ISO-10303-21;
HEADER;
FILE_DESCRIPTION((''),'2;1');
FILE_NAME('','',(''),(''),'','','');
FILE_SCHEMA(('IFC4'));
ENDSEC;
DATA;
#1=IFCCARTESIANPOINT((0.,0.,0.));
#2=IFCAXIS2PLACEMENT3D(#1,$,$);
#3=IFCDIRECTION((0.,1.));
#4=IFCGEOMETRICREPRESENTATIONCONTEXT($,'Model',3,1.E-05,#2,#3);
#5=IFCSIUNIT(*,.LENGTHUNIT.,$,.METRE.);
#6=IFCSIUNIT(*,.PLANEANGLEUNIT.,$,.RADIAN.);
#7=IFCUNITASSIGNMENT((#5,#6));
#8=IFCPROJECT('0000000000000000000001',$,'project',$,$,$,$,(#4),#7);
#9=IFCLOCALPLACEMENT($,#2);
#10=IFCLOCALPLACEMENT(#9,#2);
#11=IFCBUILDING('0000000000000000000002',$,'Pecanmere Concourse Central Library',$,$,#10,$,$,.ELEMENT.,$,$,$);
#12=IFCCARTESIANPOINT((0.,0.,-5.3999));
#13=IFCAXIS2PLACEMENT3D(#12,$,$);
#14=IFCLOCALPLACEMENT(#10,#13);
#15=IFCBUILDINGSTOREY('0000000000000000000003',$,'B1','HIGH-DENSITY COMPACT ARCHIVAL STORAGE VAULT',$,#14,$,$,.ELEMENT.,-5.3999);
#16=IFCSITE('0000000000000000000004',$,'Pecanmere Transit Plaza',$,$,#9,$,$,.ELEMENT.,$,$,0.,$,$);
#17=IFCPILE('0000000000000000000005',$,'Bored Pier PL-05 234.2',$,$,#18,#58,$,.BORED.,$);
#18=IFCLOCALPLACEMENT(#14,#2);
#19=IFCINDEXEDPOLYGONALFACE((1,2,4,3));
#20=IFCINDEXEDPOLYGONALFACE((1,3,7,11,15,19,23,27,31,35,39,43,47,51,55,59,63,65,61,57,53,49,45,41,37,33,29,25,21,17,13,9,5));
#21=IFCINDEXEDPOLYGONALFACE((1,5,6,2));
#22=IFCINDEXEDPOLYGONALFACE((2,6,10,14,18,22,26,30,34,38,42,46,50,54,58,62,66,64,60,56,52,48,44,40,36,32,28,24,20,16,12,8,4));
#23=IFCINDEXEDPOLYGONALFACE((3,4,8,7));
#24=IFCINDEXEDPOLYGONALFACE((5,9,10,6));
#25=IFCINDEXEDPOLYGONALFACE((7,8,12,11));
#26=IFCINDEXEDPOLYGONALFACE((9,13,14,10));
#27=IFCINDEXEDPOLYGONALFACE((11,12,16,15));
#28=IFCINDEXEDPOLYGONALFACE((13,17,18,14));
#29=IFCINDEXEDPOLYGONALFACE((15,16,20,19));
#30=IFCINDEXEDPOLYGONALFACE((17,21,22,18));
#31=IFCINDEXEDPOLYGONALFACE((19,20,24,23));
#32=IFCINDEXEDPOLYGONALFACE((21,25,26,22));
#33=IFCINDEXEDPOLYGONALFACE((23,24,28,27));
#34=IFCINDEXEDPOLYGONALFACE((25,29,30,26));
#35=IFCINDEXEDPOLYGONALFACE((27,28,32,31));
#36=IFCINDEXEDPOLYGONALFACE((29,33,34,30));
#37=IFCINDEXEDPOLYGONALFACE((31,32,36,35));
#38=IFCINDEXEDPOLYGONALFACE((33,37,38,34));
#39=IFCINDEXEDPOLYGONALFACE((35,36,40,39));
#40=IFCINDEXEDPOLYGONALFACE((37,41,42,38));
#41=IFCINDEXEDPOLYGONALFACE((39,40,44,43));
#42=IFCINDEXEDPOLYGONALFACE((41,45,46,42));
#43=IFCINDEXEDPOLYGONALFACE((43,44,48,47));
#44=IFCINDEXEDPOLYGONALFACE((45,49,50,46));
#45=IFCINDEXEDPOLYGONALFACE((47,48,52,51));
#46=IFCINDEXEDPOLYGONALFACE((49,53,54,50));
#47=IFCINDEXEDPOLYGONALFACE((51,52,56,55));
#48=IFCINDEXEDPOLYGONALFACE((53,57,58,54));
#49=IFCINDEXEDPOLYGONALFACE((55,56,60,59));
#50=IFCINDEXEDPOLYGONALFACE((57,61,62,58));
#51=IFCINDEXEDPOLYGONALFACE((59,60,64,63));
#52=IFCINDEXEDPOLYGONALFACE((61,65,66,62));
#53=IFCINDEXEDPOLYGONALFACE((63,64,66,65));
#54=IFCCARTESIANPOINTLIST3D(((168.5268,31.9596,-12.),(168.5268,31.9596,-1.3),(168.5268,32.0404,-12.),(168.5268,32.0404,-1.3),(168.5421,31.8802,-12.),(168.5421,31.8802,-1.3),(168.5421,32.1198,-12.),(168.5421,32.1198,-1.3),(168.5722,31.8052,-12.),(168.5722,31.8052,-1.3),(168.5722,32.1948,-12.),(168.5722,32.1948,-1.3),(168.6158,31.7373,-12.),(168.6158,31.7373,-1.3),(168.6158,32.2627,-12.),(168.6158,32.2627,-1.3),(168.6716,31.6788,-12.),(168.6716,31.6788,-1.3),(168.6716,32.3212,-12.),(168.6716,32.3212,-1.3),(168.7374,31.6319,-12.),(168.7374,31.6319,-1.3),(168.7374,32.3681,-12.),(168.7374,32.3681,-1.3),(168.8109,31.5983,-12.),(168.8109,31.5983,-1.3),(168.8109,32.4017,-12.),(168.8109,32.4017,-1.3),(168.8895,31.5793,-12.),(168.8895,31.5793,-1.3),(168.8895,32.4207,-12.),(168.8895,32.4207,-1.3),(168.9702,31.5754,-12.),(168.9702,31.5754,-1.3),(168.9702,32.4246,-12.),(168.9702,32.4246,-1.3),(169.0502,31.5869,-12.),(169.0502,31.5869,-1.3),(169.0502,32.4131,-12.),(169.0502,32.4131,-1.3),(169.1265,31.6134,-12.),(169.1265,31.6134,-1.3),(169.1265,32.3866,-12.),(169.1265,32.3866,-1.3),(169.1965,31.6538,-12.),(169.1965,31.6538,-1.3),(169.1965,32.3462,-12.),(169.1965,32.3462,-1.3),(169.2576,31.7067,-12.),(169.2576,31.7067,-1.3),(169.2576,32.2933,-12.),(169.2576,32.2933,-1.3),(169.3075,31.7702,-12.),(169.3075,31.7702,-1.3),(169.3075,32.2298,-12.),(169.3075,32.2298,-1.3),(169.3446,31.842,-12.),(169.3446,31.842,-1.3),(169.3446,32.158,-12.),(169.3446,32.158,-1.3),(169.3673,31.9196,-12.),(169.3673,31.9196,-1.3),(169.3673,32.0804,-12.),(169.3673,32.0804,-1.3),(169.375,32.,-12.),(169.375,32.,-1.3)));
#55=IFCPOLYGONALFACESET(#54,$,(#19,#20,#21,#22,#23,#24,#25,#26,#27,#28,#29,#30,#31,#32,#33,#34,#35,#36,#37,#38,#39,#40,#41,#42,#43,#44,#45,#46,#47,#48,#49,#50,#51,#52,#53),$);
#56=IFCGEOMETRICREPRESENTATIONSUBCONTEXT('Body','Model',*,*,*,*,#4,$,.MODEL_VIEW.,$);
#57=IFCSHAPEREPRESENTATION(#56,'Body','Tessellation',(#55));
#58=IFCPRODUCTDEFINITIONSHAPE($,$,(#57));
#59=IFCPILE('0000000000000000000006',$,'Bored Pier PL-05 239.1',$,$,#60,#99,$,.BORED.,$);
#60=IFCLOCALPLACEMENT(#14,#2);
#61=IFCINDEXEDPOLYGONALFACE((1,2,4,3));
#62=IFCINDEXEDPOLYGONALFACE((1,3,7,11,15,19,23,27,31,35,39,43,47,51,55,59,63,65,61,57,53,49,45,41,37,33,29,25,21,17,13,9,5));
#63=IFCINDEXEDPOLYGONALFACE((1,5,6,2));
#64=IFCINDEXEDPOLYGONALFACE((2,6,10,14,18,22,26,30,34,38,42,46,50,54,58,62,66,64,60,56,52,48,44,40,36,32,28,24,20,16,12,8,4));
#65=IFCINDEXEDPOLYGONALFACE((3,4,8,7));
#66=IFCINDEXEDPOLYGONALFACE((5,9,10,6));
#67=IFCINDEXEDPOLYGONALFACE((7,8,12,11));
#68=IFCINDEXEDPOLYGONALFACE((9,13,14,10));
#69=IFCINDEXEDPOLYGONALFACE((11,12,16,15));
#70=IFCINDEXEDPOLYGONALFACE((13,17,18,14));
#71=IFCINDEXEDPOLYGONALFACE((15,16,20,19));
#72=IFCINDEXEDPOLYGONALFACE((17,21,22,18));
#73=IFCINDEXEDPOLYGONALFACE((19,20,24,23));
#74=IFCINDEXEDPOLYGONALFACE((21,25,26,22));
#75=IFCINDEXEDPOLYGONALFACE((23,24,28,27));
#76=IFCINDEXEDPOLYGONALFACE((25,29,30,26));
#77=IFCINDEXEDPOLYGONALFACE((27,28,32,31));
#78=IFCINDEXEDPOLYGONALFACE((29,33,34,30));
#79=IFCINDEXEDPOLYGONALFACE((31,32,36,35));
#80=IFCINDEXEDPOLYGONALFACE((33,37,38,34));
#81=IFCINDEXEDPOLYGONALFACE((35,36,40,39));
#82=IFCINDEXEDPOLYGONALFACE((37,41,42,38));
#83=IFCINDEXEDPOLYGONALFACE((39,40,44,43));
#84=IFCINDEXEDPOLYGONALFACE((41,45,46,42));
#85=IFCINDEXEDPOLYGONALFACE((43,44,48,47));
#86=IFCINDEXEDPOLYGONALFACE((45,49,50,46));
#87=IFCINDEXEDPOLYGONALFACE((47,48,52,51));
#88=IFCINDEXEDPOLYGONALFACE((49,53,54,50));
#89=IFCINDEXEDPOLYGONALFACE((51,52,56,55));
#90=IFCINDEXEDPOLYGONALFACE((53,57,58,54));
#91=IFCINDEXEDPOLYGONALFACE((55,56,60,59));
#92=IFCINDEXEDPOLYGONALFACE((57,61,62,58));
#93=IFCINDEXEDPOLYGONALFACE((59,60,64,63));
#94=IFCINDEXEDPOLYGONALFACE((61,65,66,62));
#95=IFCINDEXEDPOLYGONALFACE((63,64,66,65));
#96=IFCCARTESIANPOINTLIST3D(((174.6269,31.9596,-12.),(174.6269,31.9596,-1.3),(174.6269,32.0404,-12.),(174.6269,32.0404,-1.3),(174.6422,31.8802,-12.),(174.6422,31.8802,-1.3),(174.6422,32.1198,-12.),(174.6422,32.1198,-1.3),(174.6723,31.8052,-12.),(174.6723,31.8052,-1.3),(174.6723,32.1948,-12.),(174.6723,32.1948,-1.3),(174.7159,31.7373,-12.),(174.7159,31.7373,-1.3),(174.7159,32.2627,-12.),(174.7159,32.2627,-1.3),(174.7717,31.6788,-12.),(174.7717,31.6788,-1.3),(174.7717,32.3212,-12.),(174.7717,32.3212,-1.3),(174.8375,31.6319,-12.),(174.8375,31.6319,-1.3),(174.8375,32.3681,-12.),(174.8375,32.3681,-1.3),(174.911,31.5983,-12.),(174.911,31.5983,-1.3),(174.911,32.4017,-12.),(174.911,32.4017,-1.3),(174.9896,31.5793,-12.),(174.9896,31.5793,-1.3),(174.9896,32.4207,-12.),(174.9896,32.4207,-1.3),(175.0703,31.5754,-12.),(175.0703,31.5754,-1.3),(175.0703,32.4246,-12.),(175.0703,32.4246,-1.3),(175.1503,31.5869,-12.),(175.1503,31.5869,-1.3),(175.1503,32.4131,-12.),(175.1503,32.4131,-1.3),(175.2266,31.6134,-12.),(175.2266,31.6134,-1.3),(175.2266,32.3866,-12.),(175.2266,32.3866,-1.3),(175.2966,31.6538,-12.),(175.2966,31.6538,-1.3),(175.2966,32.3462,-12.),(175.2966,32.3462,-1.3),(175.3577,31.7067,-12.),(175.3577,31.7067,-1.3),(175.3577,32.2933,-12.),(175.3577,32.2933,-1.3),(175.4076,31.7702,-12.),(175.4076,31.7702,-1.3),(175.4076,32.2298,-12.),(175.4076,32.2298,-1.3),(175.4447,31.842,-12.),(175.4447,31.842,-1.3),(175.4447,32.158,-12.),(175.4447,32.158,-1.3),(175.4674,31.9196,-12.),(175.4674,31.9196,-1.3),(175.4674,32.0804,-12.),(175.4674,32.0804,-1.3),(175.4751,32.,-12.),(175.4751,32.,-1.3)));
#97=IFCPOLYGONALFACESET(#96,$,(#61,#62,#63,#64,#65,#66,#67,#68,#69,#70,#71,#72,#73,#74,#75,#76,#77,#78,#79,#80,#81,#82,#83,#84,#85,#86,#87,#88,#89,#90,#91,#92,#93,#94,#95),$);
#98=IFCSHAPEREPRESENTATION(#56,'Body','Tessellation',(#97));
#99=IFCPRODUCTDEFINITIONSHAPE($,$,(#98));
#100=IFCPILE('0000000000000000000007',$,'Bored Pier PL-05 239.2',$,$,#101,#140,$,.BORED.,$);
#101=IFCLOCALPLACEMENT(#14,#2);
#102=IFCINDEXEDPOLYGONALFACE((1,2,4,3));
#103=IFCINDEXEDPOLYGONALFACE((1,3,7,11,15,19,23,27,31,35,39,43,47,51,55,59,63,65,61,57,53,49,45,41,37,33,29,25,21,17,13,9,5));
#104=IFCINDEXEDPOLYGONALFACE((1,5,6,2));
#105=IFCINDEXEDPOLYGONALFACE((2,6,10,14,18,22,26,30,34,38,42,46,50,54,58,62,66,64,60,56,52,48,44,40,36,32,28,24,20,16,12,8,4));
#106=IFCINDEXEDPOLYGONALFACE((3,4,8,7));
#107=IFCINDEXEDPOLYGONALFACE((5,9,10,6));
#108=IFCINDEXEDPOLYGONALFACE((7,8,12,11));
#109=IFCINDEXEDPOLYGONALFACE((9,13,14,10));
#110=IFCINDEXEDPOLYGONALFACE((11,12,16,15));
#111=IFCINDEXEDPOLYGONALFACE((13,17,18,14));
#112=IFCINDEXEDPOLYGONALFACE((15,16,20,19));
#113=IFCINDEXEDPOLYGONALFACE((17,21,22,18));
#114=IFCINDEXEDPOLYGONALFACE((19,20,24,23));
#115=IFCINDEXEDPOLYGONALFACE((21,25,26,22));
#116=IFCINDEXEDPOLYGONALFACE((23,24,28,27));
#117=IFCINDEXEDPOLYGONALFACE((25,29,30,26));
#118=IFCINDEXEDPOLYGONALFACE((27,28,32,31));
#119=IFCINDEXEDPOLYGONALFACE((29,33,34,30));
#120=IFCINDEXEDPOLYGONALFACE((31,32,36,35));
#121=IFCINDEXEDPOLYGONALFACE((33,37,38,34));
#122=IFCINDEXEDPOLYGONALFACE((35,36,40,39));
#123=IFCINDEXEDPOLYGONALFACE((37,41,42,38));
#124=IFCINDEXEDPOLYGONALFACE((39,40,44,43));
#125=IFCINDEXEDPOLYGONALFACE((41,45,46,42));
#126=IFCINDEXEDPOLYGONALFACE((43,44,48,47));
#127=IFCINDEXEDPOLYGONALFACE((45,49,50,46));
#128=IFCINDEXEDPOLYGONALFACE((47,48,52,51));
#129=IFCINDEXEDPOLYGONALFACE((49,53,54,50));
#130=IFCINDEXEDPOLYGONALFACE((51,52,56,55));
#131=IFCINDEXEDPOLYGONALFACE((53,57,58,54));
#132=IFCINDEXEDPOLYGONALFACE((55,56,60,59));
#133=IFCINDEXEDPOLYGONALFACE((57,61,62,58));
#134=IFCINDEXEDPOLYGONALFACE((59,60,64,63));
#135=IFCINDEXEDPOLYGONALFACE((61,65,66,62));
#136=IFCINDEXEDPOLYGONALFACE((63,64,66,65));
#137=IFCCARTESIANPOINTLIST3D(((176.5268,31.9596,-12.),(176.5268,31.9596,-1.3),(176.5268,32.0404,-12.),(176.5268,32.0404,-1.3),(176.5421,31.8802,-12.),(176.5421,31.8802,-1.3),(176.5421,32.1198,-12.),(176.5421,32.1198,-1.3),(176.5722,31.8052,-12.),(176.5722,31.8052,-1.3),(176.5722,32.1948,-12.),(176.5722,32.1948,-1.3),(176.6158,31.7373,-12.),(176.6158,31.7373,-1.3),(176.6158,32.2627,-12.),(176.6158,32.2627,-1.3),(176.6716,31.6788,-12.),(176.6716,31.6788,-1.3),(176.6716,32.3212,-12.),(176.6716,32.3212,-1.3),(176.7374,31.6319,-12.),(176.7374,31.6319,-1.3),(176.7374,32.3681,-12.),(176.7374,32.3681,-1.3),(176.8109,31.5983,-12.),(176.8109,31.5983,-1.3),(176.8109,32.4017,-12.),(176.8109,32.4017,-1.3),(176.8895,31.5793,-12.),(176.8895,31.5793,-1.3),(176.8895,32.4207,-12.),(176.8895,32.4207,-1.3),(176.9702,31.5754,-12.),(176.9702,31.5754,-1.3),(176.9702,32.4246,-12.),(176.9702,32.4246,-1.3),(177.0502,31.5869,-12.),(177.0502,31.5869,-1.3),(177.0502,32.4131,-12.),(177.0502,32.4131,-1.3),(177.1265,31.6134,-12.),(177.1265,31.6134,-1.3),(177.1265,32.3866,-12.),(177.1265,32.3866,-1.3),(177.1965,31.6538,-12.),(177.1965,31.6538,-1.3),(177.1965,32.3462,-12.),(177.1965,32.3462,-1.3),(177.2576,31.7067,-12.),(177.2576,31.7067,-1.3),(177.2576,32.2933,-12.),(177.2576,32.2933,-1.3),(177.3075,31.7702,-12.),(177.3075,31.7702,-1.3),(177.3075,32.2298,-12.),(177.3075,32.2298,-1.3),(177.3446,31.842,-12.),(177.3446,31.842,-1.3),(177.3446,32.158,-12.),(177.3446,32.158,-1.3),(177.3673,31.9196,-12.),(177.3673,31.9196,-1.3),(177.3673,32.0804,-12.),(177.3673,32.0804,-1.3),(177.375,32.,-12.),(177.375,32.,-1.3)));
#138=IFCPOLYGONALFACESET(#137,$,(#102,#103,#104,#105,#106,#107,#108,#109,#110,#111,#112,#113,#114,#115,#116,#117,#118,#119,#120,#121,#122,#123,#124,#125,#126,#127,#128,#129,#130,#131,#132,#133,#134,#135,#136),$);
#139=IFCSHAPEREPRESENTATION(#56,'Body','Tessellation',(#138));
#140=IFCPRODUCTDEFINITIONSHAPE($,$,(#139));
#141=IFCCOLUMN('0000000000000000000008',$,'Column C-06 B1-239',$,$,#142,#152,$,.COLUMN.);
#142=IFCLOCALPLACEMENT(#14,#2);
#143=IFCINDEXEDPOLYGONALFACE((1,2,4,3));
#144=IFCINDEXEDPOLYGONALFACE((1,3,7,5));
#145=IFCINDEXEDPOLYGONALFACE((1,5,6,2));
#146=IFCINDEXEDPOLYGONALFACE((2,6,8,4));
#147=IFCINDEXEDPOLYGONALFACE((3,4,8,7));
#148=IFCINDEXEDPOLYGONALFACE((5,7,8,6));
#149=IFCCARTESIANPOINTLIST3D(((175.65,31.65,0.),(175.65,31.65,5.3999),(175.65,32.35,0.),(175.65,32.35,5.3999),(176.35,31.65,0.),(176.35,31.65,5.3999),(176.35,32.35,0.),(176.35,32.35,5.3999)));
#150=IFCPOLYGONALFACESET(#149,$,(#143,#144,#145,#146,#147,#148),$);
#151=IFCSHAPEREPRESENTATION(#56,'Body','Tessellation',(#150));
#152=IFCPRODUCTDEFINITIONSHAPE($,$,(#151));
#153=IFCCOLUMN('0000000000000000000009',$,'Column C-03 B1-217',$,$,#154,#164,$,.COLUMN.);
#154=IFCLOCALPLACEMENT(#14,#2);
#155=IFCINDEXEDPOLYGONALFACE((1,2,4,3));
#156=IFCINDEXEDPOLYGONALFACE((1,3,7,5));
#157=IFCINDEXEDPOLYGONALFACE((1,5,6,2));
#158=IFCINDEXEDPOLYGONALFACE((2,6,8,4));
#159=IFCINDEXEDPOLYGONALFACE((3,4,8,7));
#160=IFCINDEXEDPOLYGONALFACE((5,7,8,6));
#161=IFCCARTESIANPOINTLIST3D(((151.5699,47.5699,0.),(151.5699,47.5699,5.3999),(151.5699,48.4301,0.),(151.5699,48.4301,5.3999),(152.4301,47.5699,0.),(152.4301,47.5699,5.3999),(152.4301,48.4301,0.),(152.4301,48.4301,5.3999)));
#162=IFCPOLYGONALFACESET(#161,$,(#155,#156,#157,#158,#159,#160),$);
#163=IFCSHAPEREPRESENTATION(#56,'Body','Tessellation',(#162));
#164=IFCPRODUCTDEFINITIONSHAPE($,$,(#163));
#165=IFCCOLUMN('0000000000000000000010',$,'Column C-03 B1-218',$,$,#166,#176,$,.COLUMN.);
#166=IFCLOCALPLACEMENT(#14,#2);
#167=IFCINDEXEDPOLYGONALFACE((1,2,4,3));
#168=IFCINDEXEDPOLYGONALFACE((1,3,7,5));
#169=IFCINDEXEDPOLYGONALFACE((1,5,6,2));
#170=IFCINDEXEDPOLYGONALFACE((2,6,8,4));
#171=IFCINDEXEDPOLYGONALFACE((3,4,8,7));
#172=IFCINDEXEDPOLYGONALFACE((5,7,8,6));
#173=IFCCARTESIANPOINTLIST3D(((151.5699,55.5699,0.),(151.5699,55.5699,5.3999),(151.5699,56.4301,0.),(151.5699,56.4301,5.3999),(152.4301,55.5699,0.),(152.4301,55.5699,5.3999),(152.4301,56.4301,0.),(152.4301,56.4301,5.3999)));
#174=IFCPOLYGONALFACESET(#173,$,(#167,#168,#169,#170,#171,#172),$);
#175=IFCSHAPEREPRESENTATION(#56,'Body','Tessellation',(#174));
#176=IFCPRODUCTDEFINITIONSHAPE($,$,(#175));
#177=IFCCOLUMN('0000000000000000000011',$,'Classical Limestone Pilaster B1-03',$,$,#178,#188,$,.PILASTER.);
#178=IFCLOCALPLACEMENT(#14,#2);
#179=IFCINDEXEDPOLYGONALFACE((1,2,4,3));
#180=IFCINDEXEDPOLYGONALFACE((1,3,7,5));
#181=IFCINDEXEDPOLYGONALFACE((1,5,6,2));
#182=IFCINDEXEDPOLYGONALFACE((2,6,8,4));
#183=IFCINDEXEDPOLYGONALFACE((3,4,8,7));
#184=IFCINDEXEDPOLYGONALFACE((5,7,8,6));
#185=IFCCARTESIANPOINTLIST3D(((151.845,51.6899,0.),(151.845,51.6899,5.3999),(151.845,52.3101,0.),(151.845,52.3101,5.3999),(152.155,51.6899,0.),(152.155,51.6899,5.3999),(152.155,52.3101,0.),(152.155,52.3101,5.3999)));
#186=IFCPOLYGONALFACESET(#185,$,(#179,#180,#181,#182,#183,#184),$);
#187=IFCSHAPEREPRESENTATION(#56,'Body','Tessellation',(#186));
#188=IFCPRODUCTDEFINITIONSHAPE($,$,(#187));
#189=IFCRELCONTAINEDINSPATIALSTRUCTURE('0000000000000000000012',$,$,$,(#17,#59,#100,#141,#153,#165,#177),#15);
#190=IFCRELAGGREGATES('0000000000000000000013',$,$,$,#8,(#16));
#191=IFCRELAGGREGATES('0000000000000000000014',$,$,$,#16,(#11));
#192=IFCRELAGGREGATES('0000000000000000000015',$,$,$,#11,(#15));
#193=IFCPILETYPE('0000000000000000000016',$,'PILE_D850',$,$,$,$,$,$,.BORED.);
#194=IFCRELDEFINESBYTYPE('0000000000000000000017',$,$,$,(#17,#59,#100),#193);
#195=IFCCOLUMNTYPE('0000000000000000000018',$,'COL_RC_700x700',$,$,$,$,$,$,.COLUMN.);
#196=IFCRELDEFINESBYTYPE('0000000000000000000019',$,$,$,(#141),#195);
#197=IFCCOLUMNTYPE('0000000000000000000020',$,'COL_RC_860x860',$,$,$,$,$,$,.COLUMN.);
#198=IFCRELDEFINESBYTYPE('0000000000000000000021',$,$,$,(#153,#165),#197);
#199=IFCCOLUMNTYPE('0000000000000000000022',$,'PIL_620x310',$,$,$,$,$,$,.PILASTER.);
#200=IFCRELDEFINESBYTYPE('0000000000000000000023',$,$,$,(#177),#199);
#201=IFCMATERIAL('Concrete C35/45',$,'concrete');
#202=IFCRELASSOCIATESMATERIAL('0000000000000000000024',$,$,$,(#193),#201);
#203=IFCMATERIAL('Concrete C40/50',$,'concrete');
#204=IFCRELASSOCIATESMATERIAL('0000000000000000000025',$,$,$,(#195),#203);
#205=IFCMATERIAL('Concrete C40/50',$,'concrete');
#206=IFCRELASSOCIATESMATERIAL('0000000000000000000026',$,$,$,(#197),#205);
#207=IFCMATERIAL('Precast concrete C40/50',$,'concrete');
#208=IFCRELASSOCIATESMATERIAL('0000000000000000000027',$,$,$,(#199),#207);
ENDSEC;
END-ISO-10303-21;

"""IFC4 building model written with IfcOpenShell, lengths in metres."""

from ifc_helpers import new_model, si_unit, direction, frame, origin, origin_2d, place, context, subcontext, project, spatial, rectangle, circle, extrude, material, material_profile, profile_set, type_object, element, save


model = new_model("IFC4")

# Units and contexts
model_context = context("Model", 3, precision=1e-05, world=origin(), true_north=direction((0.0, 1.0)))
body_context = subcontext(model_context, "Body", "Model", "MODEL_VIEW")
ifc_project = project(units=[si_unit("LENGTHUNIT", "METRE"), si_unit("PLANEANGLEUNIT", "RADIAN")], contexts=[model_context])

# Site, building, storey
site_placement = place(None, origin())
site = spatial("IfcSite", under=ifc_project, at=site_placement, Name="Pecanmere Transit Plaza", CompositionType="ELEMENT", RefElevation=0.0)
building_placement = place(site_placement, origin())
building = spatial("IfcBuilding", under=site, at=building_placement, Name="Pecanmere Concourse Central Library", CompositionType="ELEMENT")
storey_placement = place(building_placement, frame((0.0, 0.0, -5.3999)))
storey = spatial("IfcBuildingStorey", under=building, at=storey_placement, Name="B1", Description="HIGH-DENSITY COMPACT ARCHIVAL STORAGE VAULT", CompositionType="ELEMENT", Elevation=-5.3999)

# Piles
ifc_material_1 = material(Name="Concrete C35/45", Category="concrete")
ifc_material_profile_1 = material_profile(ifc_material_1, circle(Radius=0.425, at=origin_2d()), Name="PIER D850")
ifc_profile_set_1 = profile_set([ifc_material_profile_1], Name="Concrete C35/45")
pile_type_1 = type_object("IfcPileType", Name="PILE_D850", PredefinedType="BORED", material=ifc_profile_set_1)
for number, where, z_axis, x_axis, name in (
    (1, (168.95, 32.0, -1.3), (0.0, 0.0, -1.0), (1.0, 0.0, 0.0), "Bored Pier PL-05 234.2"),
    (2, (175.05, 32.0, -1.3), (0.0, 0.0, -1.0), (1.0, 0.0, 0.0), "Bored Pier PL-05 239.1"),
    (3, (176.95, 32.0, -1.3), (0.0, 0.0, -1.0), (1.0, 0.0, 0.0), "Bored Pier PL-05 239.2"),
):
    element("IfcPile", number, at=place(storey_placement, frame(where, z_axis=z_axis, x_axis=x_axis)), inside=storey, type_object=pile_type_1, Name=name, PredefinedType="BORED", context=body_context, shape_type="SweptSolid", body=[
        extrude(circle(Radius=0.425, at=origin_2d()), origin(), (0.0, 0.0, 1.0), 10.7),
    ])

# Columns
ifc_material_2 = material(Name="Concrete C40/50", Category="concrete")
ifc_material_profile_2 = material_profile(ifc_material_2, rectangle(XDim=0.7, YDim=0.7, at=origin_2d()), Name="RC 700x700")
ifc_profile_set_2 = profile_set([ifc_material_profile_2], Name="Concrete C40/50")
column_type_1 = type_object("IfcColumnType", Name="COL_RC_700x700", PredefinedType="COLUMN", material=ifc_profile_set_2)
column_1_placement = place(storey_placement, frame((176.0, 32.0, 0.0), z_axis=(0.0, 0.0, 1.0), x_axis=(1.0, 0.0, 0.0)))
element("IfcColumn", 4, at=column_1_placement, inside=storey, type_object=column_type_1, Name="Column C-06 B1-239", PredefinedType="COLUMN", context=body_context, shape_type="SweptSolid", body=[
    extrude(rectangle(XDim=0.7, YDim=0.7, at=origin_2d()), origin(), (0.0, 0.0, 1.0), 5.3999),
])
ifc_material_3 = material(Name="Concrete C40/50", Category="concrete")
ifc_material_profile_3 = material_profile(ifc_material_3, rectangle(XDim=0.8601, YDim=0.8601, at=origin_2d()), Name="RC 860x860")
ifc_profile_set_3 = profile_set([ifc_material_profile_3], Name="Concrete C40/50")
column_type_2 = type_object("IfcColumnType", Name="COL_RC_860x860", PredefinedType="COLUMN", material=ifc_profile_set_3)
for number, where, z_axis, x_axis, name in (
    (5, (152.0, 48.0, 0.0), (0.0, 0.0, 1.0), (1.0, 0.0, 0.0), "Column C-03 B1-217"),
    (6, (152.0, 56.0, 0.0), (0.0, 0.0, 1.0), (1.0, 0.0, 0.0), "Column C-03 B1-218"),
):
    element("IfcColumn", number, at=place(storey_placement, frame(where, z_axis=z_axis, x_axis=x_axis)), inside=storey, type_object=column_type_2, Name=name, PredefinedType="COLUMN", context=body_context, shape_type="SweptSolid", body=[
        extrude(rectangle(XDim=0.8601, YDim=0.8601, at=origin_2d()), origin(), (0.0, 0.0, 1.0), 5.3999),
    ])
ifc_material_4 = material(Name="Precast concrete C40/50", Category="concrete")
ifc_material_profile_4 = material_profile(ifc_material_4, rectangle(XDim=0.6201, YDim=0.3101, at=origin_2d()), Name="RC 620x310")
ifc_profile_set_4 = profile_set([ifc_material_profile_4], Name="Precast concrete C40/50")
column_type_3 = type_object("IfcColumnType", Name="PIL_620x310", PredefinedType="PILASTER", material=ifc_profile_set_4)
column_2_placement = place(storey_placement, frame((152.0, 52.0, 0.0), z_axis=(0.0, 0.0, 1.0), x_axis=(0.0, 1.0, 0.0)))
element("IfcColumn", 7, at=column_2_placement, inside=storey, type_object=column_type_3, Name="Classical Limestone Pilaster B1-03", PredefinedType="PILASTER", context=body_context, shape_type="SweptSolid", body=[
    extrude(rectangle(XDim=0.6201, YDim=0.3101, at=origin_2d()), origin(), (0.0, 0.0, 1.0), 5.3999),
])

save(model, "model.ifc")
